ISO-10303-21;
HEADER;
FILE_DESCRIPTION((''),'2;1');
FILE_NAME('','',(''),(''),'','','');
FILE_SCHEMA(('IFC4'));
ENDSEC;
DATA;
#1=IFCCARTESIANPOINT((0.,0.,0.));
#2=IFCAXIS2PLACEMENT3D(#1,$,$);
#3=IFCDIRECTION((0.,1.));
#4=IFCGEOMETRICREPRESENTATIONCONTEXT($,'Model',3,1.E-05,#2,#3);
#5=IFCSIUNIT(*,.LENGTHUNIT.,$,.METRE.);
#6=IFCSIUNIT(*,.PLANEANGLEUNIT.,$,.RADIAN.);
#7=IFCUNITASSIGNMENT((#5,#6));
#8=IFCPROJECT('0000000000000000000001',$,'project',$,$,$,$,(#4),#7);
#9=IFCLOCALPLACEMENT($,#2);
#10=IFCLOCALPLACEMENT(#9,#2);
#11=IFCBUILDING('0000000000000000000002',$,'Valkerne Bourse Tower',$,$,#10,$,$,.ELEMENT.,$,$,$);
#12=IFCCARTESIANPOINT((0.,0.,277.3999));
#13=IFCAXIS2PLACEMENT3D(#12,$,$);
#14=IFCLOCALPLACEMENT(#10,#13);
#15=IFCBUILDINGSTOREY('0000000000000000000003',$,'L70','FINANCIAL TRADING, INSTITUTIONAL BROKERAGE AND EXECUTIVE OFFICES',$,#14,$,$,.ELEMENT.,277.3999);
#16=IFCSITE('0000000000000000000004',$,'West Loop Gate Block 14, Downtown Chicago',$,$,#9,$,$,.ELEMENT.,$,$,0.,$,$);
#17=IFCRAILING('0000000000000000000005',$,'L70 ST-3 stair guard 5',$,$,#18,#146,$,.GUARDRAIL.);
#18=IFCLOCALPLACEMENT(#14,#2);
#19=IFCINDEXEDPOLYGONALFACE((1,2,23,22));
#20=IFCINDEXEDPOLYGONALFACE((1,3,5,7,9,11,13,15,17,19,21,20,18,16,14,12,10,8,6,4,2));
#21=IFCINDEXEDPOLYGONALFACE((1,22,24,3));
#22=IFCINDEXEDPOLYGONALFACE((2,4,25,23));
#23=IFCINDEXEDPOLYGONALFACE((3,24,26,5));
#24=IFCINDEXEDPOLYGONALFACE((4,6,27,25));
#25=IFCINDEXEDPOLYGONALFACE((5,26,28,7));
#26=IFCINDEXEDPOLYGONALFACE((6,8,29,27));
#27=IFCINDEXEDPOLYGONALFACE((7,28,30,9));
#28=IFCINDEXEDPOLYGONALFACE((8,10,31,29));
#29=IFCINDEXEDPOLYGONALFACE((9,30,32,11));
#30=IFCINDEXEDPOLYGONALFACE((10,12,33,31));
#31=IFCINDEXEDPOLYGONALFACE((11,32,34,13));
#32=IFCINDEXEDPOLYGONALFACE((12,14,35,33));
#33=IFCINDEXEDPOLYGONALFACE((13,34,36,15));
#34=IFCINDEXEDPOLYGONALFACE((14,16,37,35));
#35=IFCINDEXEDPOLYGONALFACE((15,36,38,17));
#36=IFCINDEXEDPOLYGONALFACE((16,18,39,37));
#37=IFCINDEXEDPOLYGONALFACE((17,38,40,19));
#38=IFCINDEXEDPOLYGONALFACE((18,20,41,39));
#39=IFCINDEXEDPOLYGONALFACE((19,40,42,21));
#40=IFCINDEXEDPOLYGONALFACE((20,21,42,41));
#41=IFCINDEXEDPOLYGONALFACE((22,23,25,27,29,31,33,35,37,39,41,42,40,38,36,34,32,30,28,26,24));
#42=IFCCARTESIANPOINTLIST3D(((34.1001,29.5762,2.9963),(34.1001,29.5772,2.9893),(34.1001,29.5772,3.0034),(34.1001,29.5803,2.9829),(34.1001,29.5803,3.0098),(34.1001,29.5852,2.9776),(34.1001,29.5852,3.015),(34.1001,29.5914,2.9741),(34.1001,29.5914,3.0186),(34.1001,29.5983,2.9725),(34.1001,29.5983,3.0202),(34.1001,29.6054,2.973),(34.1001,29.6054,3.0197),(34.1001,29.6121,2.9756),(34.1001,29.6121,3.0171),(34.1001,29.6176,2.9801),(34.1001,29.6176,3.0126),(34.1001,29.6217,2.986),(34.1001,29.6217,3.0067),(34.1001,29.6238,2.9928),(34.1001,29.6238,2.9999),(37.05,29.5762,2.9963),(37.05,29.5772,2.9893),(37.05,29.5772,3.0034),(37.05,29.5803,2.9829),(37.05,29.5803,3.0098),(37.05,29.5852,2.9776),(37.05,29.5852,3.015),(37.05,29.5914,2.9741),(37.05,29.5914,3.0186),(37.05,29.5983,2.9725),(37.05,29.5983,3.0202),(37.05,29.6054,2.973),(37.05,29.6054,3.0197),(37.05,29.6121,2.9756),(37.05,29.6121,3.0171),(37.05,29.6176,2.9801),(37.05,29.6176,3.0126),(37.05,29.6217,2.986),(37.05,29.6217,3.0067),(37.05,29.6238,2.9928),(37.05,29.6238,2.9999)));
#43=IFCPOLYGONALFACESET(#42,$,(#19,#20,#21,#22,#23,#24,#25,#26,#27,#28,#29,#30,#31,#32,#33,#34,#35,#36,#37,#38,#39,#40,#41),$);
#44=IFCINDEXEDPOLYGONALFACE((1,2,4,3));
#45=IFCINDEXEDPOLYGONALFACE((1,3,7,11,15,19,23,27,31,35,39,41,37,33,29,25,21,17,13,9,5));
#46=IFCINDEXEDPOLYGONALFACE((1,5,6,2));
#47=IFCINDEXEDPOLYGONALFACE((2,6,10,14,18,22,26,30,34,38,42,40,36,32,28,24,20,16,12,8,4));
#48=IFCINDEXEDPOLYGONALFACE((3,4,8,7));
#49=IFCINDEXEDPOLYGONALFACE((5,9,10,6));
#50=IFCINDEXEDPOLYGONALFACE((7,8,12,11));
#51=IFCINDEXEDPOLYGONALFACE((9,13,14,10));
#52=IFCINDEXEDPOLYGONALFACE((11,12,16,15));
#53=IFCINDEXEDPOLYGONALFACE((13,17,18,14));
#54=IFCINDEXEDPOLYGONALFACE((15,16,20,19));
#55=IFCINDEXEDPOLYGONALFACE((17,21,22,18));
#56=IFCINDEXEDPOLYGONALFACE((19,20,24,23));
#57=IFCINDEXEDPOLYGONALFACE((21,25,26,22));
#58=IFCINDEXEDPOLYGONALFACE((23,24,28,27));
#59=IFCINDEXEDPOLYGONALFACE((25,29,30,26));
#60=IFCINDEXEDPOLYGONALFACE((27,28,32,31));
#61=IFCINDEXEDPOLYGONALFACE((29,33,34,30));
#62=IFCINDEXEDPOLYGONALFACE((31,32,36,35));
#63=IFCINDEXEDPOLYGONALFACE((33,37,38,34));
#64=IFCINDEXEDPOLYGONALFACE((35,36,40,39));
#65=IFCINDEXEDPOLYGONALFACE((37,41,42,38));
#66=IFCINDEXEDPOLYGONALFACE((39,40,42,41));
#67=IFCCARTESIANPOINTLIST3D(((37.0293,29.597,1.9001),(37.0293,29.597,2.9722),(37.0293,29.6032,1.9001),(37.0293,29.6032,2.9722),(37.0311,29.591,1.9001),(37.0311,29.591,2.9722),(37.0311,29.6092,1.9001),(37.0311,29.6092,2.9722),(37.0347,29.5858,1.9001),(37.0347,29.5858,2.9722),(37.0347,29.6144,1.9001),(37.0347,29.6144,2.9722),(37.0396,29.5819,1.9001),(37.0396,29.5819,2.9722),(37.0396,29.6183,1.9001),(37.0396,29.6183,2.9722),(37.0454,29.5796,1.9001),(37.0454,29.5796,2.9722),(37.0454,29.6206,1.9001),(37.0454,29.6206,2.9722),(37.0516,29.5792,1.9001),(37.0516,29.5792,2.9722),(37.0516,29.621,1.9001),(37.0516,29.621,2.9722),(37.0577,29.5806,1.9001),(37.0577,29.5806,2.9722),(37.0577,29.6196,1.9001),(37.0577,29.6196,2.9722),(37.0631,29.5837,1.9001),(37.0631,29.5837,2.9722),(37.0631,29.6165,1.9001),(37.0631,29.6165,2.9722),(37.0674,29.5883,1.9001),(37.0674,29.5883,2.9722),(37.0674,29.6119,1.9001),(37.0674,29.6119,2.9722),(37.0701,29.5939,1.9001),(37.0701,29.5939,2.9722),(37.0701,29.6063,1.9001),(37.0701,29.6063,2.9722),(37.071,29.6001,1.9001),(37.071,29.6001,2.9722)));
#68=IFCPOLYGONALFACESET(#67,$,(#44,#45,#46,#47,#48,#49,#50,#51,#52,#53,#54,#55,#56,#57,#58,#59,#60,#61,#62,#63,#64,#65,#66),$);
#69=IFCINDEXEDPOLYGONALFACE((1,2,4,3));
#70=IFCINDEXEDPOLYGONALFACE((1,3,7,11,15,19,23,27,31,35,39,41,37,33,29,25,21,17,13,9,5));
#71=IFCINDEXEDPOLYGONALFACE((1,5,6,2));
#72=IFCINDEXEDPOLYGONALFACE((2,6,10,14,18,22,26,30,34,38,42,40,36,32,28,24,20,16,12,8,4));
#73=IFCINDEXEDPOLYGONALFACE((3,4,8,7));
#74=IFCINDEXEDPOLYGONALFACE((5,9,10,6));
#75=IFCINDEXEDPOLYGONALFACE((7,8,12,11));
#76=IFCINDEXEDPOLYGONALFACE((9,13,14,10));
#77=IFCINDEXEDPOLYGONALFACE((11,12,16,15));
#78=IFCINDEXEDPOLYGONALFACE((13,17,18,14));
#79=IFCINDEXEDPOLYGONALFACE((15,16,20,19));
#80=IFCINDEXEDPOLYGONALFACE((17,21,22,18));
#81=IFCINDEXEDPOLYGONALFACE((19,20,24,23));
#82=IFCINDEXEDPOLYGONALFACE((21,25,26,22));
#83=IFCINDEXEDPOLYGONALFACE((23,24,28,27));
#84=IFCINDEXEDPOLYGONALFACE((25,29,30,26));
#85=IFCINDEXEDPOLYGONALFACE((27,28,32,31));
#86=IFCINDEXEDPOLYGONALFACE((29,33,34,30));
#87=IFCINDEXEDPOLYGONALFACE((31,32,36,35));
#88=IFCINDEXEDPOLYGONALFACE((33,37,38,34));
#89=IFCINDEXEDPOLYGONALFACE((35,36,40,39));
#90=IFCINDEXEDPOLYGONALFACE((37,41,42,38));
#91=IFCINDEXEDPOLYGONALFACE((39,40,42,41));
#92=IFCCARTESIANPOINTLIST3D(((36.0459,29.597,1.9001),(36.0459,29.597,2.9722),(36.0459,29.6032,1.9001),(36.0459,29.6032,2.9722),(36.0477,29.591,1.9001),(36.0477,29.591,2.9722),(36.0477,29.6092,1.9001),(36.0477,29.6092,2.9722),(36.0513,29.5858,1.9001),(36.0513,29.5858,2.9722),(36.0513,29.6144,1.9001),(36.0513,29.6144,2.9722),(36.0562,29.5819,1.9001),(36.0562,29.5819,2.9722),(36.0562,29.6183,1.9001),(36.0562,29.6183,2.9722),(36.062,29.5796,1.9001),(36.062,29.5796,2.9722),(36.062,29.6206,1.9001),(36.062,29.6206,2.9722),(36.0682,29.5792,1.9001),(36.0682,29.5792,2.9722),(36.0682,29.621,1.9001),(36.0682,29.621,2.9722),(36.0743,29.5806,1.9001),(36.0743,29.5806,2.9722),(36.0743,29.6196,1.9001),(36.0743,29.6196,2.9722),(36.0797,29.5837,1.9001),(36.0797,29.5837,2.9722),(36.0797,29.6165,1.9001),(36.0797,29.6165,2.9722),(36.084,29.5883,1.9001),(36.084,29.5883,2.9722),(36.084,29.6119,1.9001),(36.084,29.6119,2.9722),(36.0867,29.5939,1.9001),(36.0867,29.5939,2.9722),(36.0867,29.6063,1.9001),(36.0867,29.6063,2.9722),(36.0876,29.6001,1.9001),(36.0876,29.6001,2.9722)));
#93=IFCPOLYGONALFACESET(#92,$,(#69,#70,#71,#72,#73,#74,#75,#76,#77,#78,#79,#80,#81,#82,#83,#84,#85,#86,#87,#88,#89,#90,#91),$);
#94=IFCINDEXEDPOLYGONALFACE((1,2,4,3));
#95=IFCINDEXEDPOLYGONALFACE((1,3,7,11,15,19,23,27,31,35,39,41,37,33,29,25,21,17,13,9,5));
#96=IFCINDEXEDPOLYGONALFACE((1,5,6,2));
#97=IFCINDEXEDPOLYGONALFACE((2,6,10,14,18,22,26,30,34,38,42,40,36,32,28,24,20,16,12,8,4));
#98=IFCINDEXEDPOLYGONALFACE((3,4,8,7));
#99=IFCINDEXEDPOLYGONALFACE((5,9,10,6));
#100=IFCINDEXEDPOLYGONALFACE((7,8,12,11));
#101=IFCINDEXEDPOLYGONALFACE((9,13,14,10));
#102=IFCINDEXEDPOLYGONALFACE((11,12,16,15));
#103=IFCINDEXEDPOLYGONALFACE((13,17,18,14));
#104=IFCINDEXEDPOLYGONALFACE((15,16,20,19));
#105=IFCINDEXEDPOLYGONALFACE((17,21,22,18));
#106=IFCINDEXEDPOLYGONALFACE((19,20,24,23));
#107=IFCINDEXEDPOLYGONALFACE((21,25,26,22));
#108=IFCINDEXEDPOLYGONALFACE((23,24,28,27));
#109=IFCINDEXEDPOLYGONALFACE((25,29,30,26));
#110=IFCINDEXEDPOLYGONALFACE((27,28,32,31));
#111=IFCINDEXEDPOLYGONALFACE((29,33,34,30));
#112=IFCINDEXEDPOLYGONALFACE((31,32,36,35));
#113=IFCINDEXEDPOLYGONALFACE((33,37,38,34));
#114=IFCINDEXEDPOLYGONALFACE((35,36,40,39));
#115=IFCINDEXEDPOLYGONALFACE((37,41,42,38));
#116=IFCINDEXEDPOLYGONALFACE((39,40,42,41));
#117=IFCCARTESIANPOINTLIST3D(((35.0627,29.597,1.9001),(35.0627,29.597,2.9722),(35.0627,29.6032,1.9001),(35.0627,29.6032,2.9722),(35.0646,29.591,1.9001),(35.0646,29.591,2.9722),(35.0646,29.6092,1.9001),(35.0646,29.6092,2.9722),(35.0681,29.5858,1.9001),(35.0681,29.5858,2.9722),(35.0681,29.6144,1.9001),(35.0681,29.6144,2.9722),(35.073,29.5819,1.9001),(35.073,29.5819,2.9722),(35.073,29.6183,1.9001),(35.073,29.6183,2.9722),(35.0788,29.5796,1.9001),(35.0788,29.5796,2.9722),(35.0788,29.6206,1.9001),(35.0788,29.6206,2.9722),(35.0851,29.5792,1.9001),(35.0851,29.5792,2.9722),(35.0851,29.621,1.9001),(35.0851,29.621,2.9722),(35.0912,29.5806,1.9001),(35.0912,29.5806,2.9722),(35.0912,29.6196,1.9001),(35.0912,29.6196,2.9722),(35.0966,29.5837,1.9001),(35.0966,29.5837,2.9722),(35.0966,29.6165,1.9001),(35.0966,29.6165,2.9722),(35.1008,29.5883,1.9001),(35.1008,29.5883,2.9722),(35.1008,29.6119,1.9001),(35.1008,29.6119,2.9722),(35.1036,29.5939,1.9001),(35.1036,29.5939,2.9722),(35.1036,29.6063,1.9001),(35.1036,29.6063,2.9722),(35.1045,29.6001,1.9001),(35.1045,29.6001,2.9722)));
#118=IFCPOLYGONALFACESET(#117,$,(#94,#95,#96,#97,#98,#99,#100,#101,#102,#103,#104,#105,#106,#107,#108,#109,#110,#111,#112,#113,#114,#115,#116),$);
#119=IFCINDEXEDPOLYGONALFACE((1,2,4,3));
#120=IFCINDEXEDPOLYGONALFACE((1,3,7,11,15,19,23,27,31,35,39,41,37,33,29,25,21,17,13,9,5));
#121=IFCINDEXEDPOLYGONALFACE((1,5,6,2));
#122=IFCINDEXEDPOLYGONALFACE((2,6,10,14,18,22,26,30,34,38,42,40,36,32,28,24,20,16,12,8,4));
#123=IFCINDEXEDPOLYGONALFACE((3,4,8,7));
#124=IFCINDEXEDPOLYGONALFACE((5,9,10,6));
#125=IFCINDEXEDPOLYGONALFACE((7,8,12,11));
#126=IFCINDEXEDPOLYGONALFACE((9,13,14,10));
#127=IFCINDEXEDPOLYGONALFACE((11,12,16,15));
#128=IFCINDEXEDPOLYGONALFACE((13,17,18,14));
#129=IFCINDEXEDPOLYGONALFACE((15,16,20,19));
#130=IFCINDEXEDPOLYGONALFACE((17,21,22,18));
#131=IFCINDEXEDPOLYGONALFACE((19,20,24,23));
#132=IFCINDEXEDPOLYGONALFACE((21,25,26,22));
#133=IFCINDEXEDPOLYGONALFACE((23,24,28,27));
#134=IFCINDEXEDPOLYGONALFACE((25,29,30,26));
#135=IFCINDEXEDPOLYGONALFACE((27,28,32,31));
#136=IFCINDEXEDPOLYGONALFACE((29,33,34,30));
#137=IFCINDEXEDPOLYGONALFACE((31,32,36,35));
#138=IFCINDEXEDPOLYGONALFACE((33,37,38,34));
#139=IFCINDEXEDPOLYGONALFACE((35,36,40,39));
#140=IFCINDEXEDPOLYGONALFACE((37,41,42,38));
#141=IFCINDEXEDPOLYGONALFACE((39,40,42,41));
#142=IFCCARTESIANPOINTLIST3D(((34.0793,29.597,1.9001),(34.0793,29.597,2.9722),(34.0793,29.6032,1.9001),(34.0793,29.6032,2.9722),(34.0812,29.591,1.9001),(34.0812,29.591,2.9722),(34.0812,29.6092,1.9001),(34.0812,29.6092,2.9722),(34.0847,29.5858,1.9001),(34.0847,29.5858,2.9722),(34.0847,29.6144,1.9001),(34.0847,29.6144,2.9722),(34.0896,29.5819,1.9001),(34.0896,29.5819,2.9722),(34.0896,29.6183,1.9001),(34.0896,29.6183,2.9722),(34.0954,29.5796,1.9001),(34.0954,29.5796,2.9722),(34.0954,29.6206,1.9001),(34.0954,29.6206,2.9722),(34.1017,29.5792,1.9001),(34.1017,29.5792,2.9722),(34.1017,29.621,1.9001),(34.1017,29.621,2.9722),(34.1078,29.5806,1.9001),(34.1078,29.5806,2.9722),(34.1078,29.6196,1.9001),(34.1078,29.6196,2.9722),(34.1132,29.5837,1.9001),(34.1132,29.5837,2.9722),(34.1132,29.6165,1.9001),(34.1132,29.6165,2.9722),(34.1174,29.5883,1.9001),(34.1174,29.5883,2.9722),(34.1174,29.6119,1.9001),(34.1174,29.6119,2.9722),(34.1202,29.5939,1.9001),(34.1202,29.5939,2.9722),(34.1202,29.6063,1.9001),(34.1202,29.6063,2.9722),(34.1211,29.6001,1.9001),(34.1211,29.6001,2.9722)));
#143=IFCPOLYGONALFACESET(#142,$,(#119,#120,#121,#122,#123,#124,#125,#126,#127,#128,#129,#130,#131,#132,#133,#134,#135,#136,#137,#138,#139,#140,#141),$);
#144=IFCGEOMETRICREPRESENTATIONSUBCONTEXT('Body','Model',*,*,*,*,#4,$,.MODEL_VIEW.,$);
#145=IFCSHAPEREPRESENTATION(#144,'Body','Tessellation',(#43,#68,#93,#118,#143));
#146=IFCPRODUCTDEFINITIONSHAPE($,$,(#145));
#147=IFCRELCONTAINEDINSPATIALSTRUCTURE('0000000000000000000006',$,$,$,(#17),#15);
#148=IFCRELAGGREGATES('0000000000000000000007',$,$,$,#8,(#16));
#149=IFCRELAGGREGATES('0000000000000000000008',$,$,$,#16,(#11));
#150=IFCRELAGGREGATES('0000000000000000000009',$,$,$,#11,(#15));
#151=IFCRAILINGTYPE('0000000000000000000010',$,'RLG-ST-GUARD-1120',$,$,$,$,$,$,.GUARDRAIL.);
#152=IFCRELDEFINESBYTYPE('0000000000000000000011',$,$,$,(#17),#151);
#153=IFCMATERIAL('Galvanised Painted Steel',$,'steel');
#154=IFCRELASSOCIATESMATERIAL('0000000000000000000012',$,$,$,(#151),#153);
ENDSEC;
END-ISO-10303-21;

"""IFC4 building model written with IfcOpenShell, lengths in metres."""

from ifc_helpers import new_model, si_unit, direction, frame, origin, origin_2d, place, context, subcontext, project, spatial, circle, extrude, material, type_object, element, save


model = new_model("IFC4")

# Units and contexts
model_context = context("Model", 3, precision=1e-05, world=origin(), true_north=direction((0.0, 1.0)))
body_context = subcontext(model_context, "Body", "Model", "MODEL_VIEW")
ifc_project = project(units=[si_unit("LENGTHUNIT", "METRE"), si_unit("PLANEANGLEUNIT", "RADIAN")], contexts=[model_context])

# Site, building, storey
site_placement = place(None, origin())
site = spatial("IfcSite", under=ifc_project, at=site_placement, Name="West Loop Gate Block 14, Downtown Chicago", CompositionType="ELEMENT", RefElevation=0.0)
building_placement = place(site_placement, origin())
building = spatial("IfcBuilding", under=site, at=building_placement, Name="Valkerne Bourse Tower", CompositionType="ELEMENT")
storey_placement = place(building_placement, frame((0.0, 0.0, 277.3999)))
storey = spatial("IfcBuildingStorey", under=building, at=storey_placement, Name="L70", Description="FINANCIAL TRADING, INSTITUTIONAL BROKERAGE AND EXECUTIVE OFFICES", CompositionType="ELEMENT", Elevation=277.3999)

# Railing
ifc_material_1 = material(Name="Galvanised Painted Steel", Category="steel")
railing_type_1 = type_object("IfcRailingType", Name="RLG-ST-GUARD-1120", PredefinedType="GUARDRAIL", material=ifc_material_1)
railing_1_placement = place(storey_placement, frame((37.05, 29.6001, 1.9001)))
element("IfcRailing", 1, at=railing_1_placement, inside=storey, type_object=railing_type_1, Name="L70 ST-3 stair guard 5", PredefinedType="GUARDRAIL", context=body_context, shape_type="SweptSolid", body=[
    extrude(circle(Radius=0.0239, at=origin_2d()), frame((0.0, 0.0, 1.0962), z_axis=(-1.0, 0.0, 0.0), x_axis=(0.0, -1.0, 0.0)), (0.0, 0.0, 1.0), 2.95),
    extrude(circle(Radius=0.021, at=origin_2d()), origin(), (0.0, 0.0, 1.0), 1.072),
    extrude(circle(Radius=0.021, at=origin_2d()), frame((-0.9834, 0.0, 0.0)), (0.0, 0.0, 1.0), 1.072),
    extrude(circle(Radius=0.021, at=origin_2d()), frame((-1.9666, 0.0, 0.0)), (0.0, 0.0, 1.0), 1.072),
    extrude(circle(Radius=0.021, at=origin_2d()), frame((-2.95, 0.0, 0.0)), (0.0, 0.0, 1.0), 1.072),
])

save(model, "model.ifc")
